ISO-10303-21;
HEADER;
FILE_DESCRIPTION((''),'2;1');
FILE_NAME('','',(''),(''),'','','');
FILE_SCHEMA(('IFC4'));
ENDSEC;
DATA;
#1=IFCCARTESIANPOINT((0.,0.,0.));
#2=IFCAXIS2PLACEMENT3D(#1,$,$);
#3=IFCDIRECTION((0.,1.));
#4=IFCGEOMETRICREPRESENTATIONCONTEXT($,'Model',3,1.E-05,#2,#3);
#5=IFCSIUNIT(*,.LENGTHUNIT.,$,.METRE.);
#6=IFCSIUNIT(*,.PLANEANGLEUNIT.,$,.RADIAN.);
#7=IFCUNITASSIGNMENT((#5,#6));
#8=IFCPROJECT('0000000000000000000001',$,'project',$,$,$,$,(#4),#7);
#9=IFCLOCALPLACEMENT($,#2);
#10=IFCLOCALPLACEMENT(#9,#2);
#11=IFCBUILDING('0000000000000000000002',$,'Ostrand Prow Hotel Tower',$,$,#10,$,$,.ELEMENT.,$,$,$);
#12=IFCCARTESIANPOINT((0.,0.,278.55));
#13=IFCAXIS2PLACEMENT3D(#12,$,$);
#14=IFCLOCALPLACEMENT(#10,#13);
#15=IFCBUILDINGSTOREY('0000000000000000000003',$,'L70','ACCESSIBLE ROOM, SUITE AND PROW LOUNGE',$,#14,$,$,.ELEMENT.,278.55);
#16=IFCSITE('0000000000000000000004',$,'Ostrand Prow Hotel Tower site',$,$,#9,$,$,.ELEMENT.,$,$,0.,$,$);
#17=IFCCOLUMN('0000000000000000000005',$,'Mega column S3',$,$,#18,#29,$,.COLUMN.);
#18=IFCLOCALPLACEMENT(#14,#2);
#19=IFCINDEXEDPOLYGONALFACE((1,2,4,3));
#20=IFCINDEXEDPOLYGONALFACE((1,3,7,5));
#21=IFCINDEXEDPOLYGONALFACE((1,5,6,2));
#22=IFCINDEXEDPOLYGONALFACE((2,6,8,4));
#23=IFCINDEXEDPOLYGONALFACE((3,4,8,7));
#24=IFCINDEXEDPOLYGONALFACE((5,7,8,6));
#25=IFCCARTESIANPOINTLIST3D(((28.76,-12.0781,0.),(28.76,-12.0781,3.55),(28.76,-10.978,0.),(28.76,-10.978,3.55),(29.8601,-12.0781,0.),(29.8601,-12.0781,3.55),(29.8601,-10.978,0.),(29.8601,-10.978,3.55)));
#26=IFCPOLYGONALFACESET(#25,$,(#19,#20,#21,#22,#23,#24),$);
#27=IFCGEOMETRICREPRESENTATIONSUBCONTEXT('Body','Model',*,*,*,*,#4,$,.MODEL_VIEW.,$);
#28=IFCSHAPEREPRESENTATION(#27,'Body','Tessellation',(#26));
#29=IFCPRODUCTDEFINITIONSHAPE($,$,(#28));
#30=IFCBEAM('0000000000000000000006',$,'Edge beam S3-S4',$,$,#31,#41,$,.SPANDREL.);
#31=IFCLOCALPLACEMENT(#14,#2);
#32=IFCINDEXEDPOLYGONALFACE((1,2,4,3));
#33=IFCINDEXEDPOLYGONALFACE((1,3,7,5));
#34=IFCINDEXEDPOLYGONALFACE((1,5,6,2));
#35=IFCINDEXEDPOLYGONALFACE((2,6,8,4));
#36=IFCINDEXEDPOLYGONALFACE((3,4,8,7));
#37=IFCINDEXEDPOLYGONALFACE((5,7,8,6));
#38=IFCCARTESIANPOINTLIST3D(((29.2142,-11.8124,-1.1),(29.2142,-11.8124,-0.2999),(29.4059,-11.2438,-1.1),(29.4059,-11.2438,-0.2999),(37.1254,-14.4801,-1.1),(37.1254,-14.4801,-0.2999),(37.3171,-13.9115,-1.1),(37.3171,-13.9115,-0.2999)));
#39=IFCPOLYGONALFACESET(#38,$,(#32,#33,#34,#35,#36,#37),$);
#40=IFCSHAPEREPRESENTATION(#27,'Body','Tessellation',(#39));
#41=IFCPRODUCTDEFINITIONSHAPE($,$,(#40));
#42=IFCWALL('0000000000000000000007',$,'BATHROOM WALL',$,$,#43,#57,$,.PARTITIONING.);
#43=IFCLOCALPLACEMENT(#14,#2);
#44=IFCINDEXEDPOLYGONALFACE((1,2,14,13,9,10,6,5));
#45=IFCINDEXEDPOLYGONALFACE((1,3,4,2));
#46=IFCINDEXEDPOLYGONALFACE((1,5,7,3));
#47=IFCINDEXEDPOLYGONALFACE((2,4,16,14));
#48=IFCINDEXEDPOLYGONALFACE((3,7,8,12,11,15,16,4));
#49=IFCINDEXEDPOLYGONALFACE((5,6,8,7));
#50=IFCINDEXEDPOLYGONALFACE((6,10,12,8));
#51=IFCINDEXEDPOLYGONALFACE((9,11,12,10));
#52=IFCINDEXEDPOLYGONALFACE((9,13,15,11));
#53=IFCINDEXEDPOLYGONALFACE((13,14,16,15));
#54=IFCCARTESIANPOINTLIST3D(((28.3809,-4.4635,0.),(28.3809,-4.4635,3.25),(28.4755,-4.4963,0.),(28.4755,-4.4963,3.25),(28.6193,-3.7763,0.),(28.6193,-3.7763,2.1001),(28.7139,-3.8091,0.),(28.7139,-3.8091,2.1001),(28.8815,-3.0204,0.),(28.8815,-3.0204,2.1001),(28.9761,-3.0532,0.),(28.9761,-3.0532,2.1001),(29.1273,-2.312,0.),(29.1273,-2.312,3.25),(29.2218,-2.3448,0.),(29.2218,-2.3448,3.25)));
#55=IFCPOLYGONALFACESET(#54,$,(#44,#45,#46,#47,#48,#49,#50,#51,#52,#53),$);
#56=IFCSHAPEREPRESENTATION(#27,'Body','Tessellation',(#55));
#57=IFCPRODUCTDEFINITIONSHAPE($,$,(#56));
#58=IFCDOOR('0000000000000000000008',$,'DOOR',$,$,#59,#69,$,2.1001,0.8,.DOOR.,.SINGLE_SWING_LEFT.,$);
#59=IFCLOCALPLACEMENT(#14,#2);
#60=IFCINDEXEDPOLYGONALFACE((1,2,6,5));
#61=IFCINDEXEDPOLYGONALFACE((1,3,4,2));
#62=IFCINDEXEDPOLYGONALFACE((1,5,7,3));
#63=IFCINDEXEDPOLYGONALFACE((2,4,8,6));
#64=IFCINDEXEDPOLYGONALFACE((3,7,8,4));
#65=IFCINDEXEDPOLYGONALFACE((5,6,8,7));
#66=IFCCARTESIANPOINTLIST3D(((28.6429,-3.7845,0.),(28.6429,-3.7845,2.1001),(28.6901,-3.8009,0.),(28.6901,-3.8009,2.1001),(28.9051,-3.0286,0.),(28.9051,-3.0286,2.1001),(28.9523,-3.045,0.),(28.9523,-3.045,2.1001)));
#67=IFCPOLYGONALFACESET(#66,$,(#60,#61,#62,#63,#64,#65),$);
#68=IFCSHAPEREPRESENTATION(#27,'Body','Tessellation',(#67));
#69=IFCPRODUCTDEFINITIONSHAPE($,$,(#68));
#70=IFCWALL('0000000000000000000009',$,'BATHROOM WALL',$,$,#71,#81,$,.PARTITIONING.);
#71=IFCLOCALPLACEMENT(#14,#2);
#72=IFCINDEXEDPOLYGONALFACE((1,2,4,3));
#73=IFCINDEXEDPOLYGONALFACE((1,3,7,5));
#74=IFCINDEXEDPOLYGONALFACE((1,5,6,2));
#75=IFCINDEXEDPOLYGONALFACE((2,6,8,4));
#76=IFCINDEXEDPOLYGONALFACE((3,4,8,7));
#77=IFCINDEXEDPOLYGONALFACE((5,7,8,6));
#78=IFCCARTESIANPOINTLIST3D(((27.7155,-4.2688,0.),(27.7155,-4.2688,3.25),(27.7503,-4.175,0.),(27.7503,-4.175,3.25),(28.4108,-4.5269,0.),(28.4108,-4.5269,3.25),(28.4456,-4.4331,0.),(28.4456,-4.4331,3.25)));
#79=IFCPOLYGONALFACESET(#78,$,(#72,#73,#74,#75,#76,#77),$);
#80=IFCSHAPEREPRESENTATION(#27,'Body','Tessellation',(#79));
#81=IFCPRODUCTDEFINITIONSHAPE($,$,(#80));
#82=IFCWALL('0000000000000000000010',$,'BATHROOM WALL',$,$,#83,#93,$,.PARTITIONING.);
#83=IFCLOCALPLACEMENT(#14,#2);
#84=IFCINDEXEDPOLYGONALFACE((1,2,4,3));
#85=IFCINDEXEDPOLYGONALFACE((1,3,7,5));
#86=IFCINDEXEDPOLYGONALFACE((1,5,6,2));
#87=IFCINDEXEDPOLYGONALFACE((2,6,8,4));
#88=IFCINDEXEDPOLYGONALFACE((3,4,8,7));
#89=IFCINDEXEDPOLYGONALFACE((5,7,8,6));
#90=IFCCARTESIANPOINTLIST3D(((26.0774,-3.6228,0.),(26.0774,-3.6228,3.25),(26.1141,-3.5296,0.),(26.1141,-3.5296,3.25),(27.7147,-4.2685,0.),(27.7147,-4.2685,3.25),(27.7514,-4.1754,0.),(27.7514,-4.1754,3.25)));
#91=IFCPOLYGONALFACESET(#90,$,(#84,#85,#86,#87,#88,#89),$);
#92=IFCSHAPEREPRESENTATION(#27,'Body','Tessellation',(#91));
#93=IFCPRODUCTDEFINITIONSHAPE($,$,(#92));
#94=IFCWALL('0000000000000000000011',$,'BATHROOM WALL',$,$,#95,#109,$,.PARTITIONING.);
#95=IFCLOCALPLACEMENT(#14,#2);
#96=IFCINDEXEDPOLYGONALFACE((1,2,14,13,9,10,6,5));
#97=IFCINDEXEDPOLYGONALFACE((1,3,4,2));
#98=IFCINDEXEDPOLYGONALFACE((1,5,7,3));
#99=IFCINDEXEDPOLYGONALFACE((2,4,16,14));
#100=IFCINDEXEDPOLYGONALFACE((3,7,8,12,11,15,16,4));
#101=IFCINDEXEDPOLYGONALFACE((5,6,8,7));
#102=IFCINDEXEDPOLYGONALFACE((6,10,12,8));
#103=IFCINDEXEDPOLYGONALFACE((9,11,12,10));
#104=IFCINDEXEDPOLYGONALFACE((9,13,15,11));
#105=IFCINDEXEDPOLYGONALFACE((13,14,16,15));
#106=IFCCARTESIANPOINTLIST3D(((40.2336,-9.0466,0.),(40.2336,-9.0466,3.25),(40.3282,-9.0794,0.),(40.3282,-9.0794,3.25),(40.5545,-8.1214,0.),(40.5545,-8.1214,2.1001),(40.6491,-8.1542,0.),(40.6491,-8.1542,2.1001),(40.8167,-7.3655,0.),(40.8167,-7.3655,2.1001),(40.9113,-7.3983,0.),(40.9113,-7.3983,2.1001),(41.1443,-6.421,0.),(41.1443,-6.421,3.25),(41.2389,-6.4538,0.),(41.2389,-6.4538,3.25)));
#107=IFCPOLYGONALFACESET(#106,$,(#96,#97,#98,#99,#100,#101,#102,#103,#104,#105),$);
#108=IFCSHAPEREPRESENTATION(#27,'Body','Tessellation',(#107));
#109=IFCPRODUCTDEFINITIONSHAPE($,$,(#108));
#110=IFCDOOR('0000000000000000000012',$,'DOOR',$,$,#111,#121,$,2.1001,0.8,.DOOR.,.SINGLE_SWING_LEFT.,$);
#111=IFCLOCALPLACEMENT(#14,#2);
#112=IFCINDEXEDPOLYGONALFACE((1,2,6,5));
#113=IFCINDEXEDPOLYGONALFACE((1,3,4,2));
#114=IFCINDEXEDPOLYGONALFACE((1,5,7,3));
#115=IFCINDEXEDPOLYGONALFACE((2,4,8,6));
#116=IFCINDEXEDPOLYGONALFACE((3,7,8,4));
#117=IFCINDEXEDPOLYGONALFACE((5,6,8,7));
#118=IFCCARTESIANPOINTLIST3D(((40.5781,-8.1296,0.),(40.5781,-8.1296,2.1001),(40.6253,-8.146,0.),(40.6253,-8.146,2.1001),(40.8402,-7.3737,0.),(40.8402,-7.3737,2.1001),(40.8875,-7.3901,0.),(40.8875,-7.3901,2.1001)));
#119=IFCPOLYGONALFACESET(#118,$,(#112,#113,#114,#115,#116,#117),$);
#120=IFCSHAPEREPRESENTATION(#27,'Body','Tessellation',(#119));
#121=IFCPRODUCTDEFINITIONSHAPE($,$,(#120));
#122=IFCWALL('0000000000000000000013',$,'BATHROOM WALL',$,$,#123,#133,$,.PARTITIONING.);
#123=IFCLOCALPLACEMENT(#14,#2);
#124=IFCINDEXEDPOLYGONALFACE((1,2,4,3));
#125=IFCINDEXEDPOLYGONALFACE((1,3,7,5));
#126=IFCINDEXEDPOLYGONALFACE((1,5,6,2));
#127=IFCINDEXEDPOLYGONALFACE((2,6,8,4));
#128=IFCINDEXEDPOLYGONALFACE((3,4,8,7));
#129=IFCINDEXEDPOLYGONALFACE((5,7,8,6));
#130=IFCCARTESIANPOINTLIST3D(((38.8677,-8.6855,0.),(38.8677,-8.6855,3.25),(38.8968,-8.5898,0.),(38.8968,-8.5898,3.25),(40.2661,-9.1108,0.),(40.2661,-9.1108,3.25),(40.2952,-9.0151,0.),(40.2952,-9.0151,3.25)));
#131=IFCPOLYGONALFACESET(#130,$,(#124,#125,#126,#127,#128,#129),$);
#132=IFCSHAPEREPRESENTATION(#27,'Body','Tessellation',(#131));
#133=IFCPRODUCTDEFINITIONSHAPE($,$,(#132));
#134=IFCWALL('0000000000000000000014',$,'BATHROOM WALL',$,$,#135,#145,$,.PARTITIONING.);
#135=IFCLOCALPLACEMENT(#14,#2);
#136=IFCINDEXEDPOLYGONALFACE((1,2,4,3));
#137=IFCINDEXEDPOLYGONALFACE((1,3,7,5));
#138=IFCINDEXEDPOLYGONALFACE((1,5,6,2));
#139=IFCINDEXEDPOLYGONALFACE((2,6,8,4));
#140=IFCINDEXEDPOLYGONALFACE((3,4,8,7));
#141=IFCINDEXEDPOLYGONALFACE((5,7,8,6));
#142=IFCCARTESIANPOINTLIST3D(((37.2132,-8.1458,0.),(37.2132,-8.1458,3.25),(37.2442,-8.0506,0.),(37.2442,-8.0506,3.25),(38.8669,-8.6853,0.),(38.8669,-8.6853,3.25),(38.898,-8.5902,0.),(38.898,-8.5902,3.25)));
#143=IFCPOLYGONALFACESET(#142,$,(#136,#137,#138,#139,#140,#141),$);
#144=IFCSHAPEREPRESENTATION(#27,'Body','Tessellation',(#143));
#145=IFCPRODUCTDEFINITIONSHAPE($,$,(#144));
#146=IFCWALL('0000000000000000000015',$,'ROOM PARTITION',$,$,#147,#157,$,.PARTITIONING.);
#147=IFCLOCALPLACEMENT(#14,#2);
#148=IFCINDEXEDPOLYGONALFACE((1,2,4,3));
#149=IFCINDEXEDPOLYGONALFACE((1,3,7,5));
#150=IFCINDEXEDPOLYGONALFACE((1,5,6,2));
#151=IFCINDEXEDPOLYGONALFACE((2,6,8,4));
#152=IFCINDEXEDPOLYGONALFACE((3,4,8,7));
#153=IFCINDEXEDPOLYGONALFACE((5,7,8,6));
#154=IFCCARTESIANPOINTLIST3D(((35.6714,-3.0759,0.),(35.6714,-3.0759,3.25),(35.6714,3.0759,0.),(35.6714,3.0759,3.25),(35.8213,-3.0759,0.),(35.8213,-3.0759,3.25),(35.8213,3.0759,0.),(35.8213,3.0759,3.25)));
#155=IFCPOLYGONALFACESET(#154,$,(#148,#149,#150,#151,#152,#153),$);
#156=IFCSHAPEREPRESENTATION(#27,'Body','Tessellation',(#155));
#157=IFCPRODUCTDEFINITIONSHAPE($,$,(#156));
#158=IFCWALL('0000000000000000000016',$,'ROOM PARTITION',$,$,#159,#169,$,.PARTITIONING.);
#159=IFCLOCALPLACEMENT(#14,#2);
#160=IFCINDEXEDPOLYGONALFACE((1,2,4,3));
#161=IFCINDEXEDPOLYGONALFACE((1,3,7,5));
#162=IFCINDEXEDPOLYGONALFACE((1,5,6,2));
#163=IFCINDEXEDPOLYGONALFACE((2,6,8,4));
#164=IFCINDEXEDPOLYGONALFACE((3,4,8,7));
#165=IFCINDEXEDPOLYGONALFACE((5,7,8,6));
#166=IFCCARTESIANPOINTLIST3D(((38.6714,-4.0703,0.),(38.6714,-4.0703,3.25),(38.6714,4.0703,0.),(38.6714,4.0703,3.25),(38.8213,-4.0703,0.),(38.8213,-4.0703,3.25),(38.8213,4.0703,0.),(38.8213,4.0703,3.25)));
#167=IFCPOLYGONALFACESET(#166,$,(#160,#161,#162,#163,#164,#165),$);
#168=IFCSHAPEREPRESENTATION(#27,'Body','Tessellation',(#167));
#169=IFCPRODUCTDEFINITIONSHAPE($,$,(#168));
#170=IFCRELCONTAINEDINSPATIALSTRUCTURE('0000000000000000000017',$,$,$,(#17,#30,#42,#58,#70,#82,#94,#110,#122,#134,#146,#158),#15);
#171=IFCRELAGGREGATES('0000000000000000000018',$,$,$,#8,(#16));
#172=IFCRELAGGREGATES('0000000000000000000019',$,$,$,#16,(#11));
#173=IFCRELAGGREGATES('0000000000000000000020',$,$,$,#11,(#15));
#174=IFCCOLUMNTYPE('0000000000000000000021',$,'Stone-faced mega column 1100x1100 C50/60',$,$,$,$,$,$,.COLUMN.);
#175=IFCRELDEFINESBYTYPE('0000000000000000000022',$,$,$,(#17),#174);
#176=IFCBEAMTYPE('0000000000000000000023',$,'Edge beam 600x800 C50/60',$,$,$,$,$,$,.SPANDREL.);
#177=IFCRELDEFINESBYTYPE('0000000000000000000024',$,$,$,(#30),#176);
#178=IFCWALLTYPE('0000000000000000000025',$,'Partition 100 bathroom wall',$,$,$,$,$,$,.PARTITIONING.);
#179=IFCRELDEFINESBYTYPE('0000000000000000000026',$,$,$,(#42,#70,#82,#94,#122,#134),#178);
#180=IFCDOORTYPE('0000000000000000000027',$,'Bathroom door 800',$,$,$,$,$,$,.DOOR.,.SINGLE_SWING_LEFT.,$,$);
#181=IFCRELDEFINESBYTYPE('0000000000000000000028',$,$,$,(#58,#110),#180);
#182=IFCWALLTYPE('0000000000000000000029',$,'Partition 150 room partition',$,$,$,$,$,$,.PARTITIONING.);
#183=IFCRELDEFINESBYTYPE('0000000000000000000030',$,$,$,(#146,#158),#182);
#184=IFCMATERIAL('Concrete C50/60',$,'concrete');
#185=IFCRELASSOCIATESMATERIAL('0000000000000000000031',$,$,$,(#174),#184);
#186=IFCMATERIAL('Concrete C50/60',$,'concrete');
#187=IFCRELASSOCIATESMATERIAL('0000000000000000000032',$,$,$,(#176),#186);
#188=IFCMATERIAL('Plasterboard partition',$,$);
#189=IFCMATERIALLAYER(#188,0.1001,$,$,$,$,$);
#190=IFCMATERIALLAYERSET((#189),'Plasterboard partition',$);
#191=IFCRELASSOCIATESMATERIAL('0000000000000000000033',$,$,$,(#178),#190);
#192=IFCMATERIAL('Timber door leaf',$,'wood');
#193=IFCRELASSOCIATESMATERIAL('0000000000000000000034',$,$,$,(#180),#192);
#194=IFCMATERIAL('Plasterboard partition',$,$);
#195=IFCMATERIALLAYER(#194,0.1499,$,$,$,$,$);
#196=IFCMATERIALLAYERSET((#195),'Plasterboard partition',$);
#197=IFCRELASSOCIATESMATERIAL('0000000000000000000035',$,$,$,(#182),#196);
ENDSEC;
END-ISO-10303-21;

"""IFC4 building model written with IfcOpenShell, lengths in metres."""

from ifc_helpers import new_model, si_unit, direction, frame, frame_2d, origin, origin_2d, place, context, subcontext, project, spatial, rectangle, extrude, material, layer, layer_set, material_profile, profile_set, type_object, element, fill, save


model = new_model("IFC4")

# Units and contexts
model_context = context("Model", 3, precision=1e-05, world=origin(), true_north=direction((0.0, 1.0)))
body_context = subcontext(model_context, "Body", "Model", "MODEL_VIEW")
ifc_project = project(units=[si_unit("LENGTHUNIT", "METRE"), si_unit("PLANEANGLEUNIT", "RADIAN")], contexts=[model_context])

# Site, building, storey
site_placement = place(None, origin())
site = spatial("IfcSite", under=ifc_project, at=site_placement, Name="Ostrand Prow Hotel Tower site", CompositionType="ELEMENT", RefElevation=0.0)
building_placement = place(site_placement, origin())
building = spatial("IfcBuilding", under=site, at=building_placement, Name="Ostrand Prow Hotel Tower", CompositionType="ELEMENT")
storey_placement = place(building_placement, frame((0.0, 0.0, 278.55)))
storey = spatial("IfcBuildingStorey", under=building, at=storey_placement, Name="L70", Description="ACCESSIBLE ROOM, SUITE AND PROW LOUNGE", CompositionType="ELEMENT", Elevation=278.55)

# Column
ifc_material_1 = material(Name="Concrete C50/60", Category="concrete")
ifc_material_profile_1 = material_profile(ifc_material_1, rectangle(XDim=1.1001, YDim=1.1001, at=origin_2d()), Name="RC 1100x1100")
ifc_profile_set_1 = profile_set([ifc_material_profile_1], Name="Concrete C50/60")
column_type = type_object("IfcColumnType", Name="Stone-faced mega column 1100x1100 C50/60", PredefinedType="COLUMN", material=ifc_profile_set_1)
column_placement = place(storey_placement, frame((29.3101, -11.5281, 0.0), z_axis=(0.0, 0.0, 1.0), x_axis=(1.0, 0.0, 0.0)))
element("IfcColumn", 1, at=column_placement, inside=storey, type_object=column_type, Name="Mega column S3", PredefinedType="COLUMN", context=body_context, shape_type="SweptSolid", body=[
    extrude(rectangle(XDim=1.1001, YDim=1.1001, at=origin_2d()), origin(), (0.0, 0.0, 1.0), 3.55),
])

# Beam
ifc_material_2 = material(Name="Concrete C50/60", Category="concrete")
ifc_material_profile_2 = material_profile(ifc_material_2, rectangle(XDim=0.6001, YDim=0.8, at=origin_2d()), Name="RC 600x800")
ifc_profile_set_2 = profile_set([ifc_material_profile_2], Name="Concrete C50/60")
beam_type = type_object("IfcBeamType", Name="Edge beam 600x800 C50/60", PredefinedType="SPANDREL", material=ifc_profile_set_2)
beam_placement = place(storey_placement, frame((29.3101, -11.5281, -0.7), z_axis=(0.947575, -0.319533, 0.0), x_axis=(0.319533, 0.947575, 0.0)))
element("IfcBeam", 2, at=beam_placement, inside=storey, type_object=beam_type, Name="Edge beam S3-S4", PredefinedType="SPANDREL", context=body_context, shape_type="SweptSolid", body=[
    extrude(rectangle(XDim=0.6001, YDim=0.8, at=origin_2d()), origin(), (0.0, 0.0, 1.0), 8.3489),
])

# Wall, opening, door
ifc_material_3 = material(Name="Plasterboard partition")
ifc_layer_1 = layer(ifc_material_3, 0.1001)
ifc_layer_set_1 = layer_set([ifc_layer_1], Name="Plasterboard partition")
wall_type_1 = type_object("IfcWallType", Name="Partition 100 bathroom wall", PredefinedType="PARTITIONING", material=ifc_layer_set_1)
wall_1_placement = place(storey_placement, frame((29.1746, -2.3284, 0.0), z_axis=(0.0, 0.0, 1.0), x_axis=(-0.327718, -0.944776, 0.0)))
wall_1 = element("IfcWall", 3, at=wall_1_placement, inside=storey, type_object=wall_type_1, Name="BATHROOM WALL", PredefinedType="PARTITIONING", context=body_context, shape_type="SweptSolid", body=[
    extrude(rectangle(XDim=2.2773, YDim=0.1001, at=frame_2d((1.1387, 0.0))), origin(), (0.0, 0.0, 1.0), 3.25),
])
opening_1_placement = place(wall_1_placement, frame((0.75, 0.0, 0.0)))
opening_1 = element("IfcOpeningElement", 4, at=opening_1_placement, cuts=wall_1, PredefinedType="OPENING", context=body_context, shape_type="SweptSolid", body=[
    extrude(rectangle(XDim=0.8, YDim=2.1001, at=frame_2d((0.3999, 1.05))), frame((0.0, 0.0601, 0.0), z_axis=(0.0, -1.0, 0.0), x_axis=(1.0, 0.0, 0.0)), (0.0, 0.0, 1.0), 0.1201),
])
ifc_material_4 = material(Name="Timber door leaf", Category="wood")
door_type_1 = type_object("IfcDoorType", Name="Bathroom door 800", OperationType="SINGLE_SWING_LEFT", PredefinedType="DOOR", material=ifc_material_4)
door_1_placement = place(opening_1_placement, origin())
door_1 = element("IfcDoor", 5, at=door_1_placement, inside=storey, type_object=door_type_1, Name="DOOR", OperationType="SINGLE_SWING_LEFT", OverallHeight=2.1001, OverallWidth=0.8, PredefinedType="DOOR", context=body_context, shape_type="SweptSolid", body=[
    extrude(rectangle(XDim=0.8, YDim=2.1001, at=frame_2d((0.3999, 1.05))), frame((0.0, 0.0249, 0.0), z_axis=(0.0, -1.0, 0.0), x_axis=(1.0, 0.0, 0.0)), (0.0, 0.0, 1.0), 0.05),
])
fill(opening_1, door_1)

# Walls
wall_2_placement = place(storey_placement, frame((28.4282, -4.48, 0.0), z_axis=(0.0, 0.0, 1.0), x_axis=(-0.937514, 0.347947, 0.0)))
element("IfcWall", 6, at=wall_2_placement, inside=storey, type_object=wall_type_1, Name="BATHROOM WALL", PredefinedType="PARTITIONING", context=body_context, shape_type="SweptSolid", body=[
    extrude(rectangle(XDim=0.7417, YDim=0.1001, at=frame_2d((0.3708, 0.0))), origin(), (0.0, 0.0, 1.0), 3.25),
])
wall_3_placement = place(storey_placement, frame((27.7329, -4.2219, 0.0), z_axis=(0.0, 0.0, 1.0), x_axis=(-0.930255, 0.366914, 0.0)))
element("IfcWall", 7, at=wall_3_placement, inside=storey, type_object=wall_type_1, Name="BATHROOM WALL", PredefinedType="PARTITIONING", context=body_context, shape_type="SweptSolid", body=[
    extrude(rectangle(XDim=1.76, YDim=0.1001, at=frame_2d((0.8799, 0.0))), origin(), (0.0, 0.0, 1.0), 3.25),
])

# Wall, opening, door
wall_4_placement = place(storey_placement, frame((41.1917, -6.4373, 0.0), z_axis=(0.0, 0.0, 1.0), x_axis=(-0.327696, -0.944783, 0.0)))
wall_4 = element("IfcWall", 8, at=wall_4_placement, inside=storey, type_object=wall_type_1, Name="BATHROOM WALL", PredefinedType="PARTITIONING", context=body_context, shape_type="SweptSolid", body=[
    extrude(rectangle(XDim=2.7791, YDim=0.1001, at=frame_2d((1.3896, 0.0))), origin(), (0.0, 0.0, 1.0), 3.25),
])
opening_2_placement = place(wall_4_placement, frame((1.0, 0.0, 0.0)))
opening_2 = element("IfcOpeningElement", 9, at=opening_2_placement, cuts=wall_4, PredefinedType="OPENING", context=body_context, shape_type="SweptSolid", body=[
    extrude(rectangle(XDim=0.8, YDim=2.1001, at=frame_2d((0.3999, 1.05))), frame((0.0, 0.0601, 0.0), z_axis=(0.0, -1.0, 0.0), x_axis=(1.0, 0.0, 0.0)), (0.0, 0.0, 1.0), 0.1201),
])
door_2_placement = place(opening_2_placement, origin())
door_2 = element("IfcDoor", 10, at=door_2_placement, inside=storey, type_object=door_type_1, Name="DOOR", OperationType="SINGLE_SWING_LEFT", OverallHeight=2.1001, OverallWidth=0.8, PredefinedType="DOOR", context=body_context, shape_type="SweptSolid", body=[
    extrude(rectangle(XDim=0.8, YDim=2.1001, at=frame_2d((0.3999, 1.05))), frame((0.0, 0.0249, 0.0), z_axis=(0.0, -1.0, 0.0), x_axis=(1.0, 0.0, 0.0)), (0.0, 0.0, 1.0), 0.05),
])
fill(opening_2, door_2)

# Walls
wall_5_placement = place(storey_placement, frame((40.2808, -9.063, 0.0), z_axis=(0.0, 0.0, 1.0), x_axis=(-0.956735, 0.290962, 0.0)))
element("IfcWall", 11, at=wall_5_placement, inside=storey, type_object=wall_type_1, Name="BATHROOM WALL", PredefinedType="PARTITIONING", context=body_context, shape_type="SweptSolid", body=[
    extrude(rectangle(XDim=1.4617, YDim=0.1001, at=frame_2d((0.731, 0.0))), origin(), (0.0, 0.0, 1.0), 3.25),
])
wall_6_placement = place(storey_placement, frame((38.8823, -8.6377, 0.0), z_axis=(0.0, 0.0, 1.0), x_axis=(-0.950685, 0.310158, 0.0)))
element("IfcWall", 12, at=wall_6_placement, inside=storey, type_object=wall_type_1, Name="BATHROOM WALL", PredefinedType="PARTITIONING", context=body_context, shape_type="SweptSolid", body=[
    extrude(rectangle(XDim=1.7395, YDim=0.1001, at=frame_2d((0.8696, 0.0))), origin(), (0.0, 0.0, 1.0), 3.25),
])
ifc_material_5 = material(Name="Plasterboard partition")
ifc_layer_2 = layer(ifc_material_5, 0.1499)
ifc_layer_set_2 = layer_set([ifc_layer_2], Name="Plasterboard partition")
wall_type_2 = type_object("IfcWallType", Name="Partition 150 room partition", PredefinedType="PARTITIONING", material=ifc_layer_set_2)
wall_7_placement = place(storey_placement, frame((35.7463, -3.0759, 0.0), z_axis=(0.0, 0.0, 1.0), x_axis=(0.0, 1.0, 0.0)))
element("IfcWall", 13, at=wall_7_placement, inside=storey, type_object=wall_type_2, Name="ROOM PARTITION", PredefinedType="PARTITIONING", context=body_context, shape_type="SweptSolid", body=[
    extrude(rectangle(XDim=6.1519, YDim=0.1499, at=frame_2d((3.0759, 0.0))), origin(), (0.0, 0.0, 1.0), 3.25),
])
wall_8_placement = place(storey_placement, frame((38.7463, -4.0703, 0.0), z_axis=(0.0, 0.0, 1.0), x_axis=(0.0, 1.0, 0.0)))
element("IfcWall", 14, at=wall_8_placement, inside=storey, type_object=wall_type_2, Name="ROOM PARTITION", PredefinedType="PARTITIONING", context=body_context, shape_type="SweptSolid", body=[
    extrude(rectangle(XDim=8.1406, YDim=0.1499, at=frame_2d((4.0703, 0.0))), origin(), (0.0, 0.0, 1.0), 3.25),
])

save(model, "model.ifc")
